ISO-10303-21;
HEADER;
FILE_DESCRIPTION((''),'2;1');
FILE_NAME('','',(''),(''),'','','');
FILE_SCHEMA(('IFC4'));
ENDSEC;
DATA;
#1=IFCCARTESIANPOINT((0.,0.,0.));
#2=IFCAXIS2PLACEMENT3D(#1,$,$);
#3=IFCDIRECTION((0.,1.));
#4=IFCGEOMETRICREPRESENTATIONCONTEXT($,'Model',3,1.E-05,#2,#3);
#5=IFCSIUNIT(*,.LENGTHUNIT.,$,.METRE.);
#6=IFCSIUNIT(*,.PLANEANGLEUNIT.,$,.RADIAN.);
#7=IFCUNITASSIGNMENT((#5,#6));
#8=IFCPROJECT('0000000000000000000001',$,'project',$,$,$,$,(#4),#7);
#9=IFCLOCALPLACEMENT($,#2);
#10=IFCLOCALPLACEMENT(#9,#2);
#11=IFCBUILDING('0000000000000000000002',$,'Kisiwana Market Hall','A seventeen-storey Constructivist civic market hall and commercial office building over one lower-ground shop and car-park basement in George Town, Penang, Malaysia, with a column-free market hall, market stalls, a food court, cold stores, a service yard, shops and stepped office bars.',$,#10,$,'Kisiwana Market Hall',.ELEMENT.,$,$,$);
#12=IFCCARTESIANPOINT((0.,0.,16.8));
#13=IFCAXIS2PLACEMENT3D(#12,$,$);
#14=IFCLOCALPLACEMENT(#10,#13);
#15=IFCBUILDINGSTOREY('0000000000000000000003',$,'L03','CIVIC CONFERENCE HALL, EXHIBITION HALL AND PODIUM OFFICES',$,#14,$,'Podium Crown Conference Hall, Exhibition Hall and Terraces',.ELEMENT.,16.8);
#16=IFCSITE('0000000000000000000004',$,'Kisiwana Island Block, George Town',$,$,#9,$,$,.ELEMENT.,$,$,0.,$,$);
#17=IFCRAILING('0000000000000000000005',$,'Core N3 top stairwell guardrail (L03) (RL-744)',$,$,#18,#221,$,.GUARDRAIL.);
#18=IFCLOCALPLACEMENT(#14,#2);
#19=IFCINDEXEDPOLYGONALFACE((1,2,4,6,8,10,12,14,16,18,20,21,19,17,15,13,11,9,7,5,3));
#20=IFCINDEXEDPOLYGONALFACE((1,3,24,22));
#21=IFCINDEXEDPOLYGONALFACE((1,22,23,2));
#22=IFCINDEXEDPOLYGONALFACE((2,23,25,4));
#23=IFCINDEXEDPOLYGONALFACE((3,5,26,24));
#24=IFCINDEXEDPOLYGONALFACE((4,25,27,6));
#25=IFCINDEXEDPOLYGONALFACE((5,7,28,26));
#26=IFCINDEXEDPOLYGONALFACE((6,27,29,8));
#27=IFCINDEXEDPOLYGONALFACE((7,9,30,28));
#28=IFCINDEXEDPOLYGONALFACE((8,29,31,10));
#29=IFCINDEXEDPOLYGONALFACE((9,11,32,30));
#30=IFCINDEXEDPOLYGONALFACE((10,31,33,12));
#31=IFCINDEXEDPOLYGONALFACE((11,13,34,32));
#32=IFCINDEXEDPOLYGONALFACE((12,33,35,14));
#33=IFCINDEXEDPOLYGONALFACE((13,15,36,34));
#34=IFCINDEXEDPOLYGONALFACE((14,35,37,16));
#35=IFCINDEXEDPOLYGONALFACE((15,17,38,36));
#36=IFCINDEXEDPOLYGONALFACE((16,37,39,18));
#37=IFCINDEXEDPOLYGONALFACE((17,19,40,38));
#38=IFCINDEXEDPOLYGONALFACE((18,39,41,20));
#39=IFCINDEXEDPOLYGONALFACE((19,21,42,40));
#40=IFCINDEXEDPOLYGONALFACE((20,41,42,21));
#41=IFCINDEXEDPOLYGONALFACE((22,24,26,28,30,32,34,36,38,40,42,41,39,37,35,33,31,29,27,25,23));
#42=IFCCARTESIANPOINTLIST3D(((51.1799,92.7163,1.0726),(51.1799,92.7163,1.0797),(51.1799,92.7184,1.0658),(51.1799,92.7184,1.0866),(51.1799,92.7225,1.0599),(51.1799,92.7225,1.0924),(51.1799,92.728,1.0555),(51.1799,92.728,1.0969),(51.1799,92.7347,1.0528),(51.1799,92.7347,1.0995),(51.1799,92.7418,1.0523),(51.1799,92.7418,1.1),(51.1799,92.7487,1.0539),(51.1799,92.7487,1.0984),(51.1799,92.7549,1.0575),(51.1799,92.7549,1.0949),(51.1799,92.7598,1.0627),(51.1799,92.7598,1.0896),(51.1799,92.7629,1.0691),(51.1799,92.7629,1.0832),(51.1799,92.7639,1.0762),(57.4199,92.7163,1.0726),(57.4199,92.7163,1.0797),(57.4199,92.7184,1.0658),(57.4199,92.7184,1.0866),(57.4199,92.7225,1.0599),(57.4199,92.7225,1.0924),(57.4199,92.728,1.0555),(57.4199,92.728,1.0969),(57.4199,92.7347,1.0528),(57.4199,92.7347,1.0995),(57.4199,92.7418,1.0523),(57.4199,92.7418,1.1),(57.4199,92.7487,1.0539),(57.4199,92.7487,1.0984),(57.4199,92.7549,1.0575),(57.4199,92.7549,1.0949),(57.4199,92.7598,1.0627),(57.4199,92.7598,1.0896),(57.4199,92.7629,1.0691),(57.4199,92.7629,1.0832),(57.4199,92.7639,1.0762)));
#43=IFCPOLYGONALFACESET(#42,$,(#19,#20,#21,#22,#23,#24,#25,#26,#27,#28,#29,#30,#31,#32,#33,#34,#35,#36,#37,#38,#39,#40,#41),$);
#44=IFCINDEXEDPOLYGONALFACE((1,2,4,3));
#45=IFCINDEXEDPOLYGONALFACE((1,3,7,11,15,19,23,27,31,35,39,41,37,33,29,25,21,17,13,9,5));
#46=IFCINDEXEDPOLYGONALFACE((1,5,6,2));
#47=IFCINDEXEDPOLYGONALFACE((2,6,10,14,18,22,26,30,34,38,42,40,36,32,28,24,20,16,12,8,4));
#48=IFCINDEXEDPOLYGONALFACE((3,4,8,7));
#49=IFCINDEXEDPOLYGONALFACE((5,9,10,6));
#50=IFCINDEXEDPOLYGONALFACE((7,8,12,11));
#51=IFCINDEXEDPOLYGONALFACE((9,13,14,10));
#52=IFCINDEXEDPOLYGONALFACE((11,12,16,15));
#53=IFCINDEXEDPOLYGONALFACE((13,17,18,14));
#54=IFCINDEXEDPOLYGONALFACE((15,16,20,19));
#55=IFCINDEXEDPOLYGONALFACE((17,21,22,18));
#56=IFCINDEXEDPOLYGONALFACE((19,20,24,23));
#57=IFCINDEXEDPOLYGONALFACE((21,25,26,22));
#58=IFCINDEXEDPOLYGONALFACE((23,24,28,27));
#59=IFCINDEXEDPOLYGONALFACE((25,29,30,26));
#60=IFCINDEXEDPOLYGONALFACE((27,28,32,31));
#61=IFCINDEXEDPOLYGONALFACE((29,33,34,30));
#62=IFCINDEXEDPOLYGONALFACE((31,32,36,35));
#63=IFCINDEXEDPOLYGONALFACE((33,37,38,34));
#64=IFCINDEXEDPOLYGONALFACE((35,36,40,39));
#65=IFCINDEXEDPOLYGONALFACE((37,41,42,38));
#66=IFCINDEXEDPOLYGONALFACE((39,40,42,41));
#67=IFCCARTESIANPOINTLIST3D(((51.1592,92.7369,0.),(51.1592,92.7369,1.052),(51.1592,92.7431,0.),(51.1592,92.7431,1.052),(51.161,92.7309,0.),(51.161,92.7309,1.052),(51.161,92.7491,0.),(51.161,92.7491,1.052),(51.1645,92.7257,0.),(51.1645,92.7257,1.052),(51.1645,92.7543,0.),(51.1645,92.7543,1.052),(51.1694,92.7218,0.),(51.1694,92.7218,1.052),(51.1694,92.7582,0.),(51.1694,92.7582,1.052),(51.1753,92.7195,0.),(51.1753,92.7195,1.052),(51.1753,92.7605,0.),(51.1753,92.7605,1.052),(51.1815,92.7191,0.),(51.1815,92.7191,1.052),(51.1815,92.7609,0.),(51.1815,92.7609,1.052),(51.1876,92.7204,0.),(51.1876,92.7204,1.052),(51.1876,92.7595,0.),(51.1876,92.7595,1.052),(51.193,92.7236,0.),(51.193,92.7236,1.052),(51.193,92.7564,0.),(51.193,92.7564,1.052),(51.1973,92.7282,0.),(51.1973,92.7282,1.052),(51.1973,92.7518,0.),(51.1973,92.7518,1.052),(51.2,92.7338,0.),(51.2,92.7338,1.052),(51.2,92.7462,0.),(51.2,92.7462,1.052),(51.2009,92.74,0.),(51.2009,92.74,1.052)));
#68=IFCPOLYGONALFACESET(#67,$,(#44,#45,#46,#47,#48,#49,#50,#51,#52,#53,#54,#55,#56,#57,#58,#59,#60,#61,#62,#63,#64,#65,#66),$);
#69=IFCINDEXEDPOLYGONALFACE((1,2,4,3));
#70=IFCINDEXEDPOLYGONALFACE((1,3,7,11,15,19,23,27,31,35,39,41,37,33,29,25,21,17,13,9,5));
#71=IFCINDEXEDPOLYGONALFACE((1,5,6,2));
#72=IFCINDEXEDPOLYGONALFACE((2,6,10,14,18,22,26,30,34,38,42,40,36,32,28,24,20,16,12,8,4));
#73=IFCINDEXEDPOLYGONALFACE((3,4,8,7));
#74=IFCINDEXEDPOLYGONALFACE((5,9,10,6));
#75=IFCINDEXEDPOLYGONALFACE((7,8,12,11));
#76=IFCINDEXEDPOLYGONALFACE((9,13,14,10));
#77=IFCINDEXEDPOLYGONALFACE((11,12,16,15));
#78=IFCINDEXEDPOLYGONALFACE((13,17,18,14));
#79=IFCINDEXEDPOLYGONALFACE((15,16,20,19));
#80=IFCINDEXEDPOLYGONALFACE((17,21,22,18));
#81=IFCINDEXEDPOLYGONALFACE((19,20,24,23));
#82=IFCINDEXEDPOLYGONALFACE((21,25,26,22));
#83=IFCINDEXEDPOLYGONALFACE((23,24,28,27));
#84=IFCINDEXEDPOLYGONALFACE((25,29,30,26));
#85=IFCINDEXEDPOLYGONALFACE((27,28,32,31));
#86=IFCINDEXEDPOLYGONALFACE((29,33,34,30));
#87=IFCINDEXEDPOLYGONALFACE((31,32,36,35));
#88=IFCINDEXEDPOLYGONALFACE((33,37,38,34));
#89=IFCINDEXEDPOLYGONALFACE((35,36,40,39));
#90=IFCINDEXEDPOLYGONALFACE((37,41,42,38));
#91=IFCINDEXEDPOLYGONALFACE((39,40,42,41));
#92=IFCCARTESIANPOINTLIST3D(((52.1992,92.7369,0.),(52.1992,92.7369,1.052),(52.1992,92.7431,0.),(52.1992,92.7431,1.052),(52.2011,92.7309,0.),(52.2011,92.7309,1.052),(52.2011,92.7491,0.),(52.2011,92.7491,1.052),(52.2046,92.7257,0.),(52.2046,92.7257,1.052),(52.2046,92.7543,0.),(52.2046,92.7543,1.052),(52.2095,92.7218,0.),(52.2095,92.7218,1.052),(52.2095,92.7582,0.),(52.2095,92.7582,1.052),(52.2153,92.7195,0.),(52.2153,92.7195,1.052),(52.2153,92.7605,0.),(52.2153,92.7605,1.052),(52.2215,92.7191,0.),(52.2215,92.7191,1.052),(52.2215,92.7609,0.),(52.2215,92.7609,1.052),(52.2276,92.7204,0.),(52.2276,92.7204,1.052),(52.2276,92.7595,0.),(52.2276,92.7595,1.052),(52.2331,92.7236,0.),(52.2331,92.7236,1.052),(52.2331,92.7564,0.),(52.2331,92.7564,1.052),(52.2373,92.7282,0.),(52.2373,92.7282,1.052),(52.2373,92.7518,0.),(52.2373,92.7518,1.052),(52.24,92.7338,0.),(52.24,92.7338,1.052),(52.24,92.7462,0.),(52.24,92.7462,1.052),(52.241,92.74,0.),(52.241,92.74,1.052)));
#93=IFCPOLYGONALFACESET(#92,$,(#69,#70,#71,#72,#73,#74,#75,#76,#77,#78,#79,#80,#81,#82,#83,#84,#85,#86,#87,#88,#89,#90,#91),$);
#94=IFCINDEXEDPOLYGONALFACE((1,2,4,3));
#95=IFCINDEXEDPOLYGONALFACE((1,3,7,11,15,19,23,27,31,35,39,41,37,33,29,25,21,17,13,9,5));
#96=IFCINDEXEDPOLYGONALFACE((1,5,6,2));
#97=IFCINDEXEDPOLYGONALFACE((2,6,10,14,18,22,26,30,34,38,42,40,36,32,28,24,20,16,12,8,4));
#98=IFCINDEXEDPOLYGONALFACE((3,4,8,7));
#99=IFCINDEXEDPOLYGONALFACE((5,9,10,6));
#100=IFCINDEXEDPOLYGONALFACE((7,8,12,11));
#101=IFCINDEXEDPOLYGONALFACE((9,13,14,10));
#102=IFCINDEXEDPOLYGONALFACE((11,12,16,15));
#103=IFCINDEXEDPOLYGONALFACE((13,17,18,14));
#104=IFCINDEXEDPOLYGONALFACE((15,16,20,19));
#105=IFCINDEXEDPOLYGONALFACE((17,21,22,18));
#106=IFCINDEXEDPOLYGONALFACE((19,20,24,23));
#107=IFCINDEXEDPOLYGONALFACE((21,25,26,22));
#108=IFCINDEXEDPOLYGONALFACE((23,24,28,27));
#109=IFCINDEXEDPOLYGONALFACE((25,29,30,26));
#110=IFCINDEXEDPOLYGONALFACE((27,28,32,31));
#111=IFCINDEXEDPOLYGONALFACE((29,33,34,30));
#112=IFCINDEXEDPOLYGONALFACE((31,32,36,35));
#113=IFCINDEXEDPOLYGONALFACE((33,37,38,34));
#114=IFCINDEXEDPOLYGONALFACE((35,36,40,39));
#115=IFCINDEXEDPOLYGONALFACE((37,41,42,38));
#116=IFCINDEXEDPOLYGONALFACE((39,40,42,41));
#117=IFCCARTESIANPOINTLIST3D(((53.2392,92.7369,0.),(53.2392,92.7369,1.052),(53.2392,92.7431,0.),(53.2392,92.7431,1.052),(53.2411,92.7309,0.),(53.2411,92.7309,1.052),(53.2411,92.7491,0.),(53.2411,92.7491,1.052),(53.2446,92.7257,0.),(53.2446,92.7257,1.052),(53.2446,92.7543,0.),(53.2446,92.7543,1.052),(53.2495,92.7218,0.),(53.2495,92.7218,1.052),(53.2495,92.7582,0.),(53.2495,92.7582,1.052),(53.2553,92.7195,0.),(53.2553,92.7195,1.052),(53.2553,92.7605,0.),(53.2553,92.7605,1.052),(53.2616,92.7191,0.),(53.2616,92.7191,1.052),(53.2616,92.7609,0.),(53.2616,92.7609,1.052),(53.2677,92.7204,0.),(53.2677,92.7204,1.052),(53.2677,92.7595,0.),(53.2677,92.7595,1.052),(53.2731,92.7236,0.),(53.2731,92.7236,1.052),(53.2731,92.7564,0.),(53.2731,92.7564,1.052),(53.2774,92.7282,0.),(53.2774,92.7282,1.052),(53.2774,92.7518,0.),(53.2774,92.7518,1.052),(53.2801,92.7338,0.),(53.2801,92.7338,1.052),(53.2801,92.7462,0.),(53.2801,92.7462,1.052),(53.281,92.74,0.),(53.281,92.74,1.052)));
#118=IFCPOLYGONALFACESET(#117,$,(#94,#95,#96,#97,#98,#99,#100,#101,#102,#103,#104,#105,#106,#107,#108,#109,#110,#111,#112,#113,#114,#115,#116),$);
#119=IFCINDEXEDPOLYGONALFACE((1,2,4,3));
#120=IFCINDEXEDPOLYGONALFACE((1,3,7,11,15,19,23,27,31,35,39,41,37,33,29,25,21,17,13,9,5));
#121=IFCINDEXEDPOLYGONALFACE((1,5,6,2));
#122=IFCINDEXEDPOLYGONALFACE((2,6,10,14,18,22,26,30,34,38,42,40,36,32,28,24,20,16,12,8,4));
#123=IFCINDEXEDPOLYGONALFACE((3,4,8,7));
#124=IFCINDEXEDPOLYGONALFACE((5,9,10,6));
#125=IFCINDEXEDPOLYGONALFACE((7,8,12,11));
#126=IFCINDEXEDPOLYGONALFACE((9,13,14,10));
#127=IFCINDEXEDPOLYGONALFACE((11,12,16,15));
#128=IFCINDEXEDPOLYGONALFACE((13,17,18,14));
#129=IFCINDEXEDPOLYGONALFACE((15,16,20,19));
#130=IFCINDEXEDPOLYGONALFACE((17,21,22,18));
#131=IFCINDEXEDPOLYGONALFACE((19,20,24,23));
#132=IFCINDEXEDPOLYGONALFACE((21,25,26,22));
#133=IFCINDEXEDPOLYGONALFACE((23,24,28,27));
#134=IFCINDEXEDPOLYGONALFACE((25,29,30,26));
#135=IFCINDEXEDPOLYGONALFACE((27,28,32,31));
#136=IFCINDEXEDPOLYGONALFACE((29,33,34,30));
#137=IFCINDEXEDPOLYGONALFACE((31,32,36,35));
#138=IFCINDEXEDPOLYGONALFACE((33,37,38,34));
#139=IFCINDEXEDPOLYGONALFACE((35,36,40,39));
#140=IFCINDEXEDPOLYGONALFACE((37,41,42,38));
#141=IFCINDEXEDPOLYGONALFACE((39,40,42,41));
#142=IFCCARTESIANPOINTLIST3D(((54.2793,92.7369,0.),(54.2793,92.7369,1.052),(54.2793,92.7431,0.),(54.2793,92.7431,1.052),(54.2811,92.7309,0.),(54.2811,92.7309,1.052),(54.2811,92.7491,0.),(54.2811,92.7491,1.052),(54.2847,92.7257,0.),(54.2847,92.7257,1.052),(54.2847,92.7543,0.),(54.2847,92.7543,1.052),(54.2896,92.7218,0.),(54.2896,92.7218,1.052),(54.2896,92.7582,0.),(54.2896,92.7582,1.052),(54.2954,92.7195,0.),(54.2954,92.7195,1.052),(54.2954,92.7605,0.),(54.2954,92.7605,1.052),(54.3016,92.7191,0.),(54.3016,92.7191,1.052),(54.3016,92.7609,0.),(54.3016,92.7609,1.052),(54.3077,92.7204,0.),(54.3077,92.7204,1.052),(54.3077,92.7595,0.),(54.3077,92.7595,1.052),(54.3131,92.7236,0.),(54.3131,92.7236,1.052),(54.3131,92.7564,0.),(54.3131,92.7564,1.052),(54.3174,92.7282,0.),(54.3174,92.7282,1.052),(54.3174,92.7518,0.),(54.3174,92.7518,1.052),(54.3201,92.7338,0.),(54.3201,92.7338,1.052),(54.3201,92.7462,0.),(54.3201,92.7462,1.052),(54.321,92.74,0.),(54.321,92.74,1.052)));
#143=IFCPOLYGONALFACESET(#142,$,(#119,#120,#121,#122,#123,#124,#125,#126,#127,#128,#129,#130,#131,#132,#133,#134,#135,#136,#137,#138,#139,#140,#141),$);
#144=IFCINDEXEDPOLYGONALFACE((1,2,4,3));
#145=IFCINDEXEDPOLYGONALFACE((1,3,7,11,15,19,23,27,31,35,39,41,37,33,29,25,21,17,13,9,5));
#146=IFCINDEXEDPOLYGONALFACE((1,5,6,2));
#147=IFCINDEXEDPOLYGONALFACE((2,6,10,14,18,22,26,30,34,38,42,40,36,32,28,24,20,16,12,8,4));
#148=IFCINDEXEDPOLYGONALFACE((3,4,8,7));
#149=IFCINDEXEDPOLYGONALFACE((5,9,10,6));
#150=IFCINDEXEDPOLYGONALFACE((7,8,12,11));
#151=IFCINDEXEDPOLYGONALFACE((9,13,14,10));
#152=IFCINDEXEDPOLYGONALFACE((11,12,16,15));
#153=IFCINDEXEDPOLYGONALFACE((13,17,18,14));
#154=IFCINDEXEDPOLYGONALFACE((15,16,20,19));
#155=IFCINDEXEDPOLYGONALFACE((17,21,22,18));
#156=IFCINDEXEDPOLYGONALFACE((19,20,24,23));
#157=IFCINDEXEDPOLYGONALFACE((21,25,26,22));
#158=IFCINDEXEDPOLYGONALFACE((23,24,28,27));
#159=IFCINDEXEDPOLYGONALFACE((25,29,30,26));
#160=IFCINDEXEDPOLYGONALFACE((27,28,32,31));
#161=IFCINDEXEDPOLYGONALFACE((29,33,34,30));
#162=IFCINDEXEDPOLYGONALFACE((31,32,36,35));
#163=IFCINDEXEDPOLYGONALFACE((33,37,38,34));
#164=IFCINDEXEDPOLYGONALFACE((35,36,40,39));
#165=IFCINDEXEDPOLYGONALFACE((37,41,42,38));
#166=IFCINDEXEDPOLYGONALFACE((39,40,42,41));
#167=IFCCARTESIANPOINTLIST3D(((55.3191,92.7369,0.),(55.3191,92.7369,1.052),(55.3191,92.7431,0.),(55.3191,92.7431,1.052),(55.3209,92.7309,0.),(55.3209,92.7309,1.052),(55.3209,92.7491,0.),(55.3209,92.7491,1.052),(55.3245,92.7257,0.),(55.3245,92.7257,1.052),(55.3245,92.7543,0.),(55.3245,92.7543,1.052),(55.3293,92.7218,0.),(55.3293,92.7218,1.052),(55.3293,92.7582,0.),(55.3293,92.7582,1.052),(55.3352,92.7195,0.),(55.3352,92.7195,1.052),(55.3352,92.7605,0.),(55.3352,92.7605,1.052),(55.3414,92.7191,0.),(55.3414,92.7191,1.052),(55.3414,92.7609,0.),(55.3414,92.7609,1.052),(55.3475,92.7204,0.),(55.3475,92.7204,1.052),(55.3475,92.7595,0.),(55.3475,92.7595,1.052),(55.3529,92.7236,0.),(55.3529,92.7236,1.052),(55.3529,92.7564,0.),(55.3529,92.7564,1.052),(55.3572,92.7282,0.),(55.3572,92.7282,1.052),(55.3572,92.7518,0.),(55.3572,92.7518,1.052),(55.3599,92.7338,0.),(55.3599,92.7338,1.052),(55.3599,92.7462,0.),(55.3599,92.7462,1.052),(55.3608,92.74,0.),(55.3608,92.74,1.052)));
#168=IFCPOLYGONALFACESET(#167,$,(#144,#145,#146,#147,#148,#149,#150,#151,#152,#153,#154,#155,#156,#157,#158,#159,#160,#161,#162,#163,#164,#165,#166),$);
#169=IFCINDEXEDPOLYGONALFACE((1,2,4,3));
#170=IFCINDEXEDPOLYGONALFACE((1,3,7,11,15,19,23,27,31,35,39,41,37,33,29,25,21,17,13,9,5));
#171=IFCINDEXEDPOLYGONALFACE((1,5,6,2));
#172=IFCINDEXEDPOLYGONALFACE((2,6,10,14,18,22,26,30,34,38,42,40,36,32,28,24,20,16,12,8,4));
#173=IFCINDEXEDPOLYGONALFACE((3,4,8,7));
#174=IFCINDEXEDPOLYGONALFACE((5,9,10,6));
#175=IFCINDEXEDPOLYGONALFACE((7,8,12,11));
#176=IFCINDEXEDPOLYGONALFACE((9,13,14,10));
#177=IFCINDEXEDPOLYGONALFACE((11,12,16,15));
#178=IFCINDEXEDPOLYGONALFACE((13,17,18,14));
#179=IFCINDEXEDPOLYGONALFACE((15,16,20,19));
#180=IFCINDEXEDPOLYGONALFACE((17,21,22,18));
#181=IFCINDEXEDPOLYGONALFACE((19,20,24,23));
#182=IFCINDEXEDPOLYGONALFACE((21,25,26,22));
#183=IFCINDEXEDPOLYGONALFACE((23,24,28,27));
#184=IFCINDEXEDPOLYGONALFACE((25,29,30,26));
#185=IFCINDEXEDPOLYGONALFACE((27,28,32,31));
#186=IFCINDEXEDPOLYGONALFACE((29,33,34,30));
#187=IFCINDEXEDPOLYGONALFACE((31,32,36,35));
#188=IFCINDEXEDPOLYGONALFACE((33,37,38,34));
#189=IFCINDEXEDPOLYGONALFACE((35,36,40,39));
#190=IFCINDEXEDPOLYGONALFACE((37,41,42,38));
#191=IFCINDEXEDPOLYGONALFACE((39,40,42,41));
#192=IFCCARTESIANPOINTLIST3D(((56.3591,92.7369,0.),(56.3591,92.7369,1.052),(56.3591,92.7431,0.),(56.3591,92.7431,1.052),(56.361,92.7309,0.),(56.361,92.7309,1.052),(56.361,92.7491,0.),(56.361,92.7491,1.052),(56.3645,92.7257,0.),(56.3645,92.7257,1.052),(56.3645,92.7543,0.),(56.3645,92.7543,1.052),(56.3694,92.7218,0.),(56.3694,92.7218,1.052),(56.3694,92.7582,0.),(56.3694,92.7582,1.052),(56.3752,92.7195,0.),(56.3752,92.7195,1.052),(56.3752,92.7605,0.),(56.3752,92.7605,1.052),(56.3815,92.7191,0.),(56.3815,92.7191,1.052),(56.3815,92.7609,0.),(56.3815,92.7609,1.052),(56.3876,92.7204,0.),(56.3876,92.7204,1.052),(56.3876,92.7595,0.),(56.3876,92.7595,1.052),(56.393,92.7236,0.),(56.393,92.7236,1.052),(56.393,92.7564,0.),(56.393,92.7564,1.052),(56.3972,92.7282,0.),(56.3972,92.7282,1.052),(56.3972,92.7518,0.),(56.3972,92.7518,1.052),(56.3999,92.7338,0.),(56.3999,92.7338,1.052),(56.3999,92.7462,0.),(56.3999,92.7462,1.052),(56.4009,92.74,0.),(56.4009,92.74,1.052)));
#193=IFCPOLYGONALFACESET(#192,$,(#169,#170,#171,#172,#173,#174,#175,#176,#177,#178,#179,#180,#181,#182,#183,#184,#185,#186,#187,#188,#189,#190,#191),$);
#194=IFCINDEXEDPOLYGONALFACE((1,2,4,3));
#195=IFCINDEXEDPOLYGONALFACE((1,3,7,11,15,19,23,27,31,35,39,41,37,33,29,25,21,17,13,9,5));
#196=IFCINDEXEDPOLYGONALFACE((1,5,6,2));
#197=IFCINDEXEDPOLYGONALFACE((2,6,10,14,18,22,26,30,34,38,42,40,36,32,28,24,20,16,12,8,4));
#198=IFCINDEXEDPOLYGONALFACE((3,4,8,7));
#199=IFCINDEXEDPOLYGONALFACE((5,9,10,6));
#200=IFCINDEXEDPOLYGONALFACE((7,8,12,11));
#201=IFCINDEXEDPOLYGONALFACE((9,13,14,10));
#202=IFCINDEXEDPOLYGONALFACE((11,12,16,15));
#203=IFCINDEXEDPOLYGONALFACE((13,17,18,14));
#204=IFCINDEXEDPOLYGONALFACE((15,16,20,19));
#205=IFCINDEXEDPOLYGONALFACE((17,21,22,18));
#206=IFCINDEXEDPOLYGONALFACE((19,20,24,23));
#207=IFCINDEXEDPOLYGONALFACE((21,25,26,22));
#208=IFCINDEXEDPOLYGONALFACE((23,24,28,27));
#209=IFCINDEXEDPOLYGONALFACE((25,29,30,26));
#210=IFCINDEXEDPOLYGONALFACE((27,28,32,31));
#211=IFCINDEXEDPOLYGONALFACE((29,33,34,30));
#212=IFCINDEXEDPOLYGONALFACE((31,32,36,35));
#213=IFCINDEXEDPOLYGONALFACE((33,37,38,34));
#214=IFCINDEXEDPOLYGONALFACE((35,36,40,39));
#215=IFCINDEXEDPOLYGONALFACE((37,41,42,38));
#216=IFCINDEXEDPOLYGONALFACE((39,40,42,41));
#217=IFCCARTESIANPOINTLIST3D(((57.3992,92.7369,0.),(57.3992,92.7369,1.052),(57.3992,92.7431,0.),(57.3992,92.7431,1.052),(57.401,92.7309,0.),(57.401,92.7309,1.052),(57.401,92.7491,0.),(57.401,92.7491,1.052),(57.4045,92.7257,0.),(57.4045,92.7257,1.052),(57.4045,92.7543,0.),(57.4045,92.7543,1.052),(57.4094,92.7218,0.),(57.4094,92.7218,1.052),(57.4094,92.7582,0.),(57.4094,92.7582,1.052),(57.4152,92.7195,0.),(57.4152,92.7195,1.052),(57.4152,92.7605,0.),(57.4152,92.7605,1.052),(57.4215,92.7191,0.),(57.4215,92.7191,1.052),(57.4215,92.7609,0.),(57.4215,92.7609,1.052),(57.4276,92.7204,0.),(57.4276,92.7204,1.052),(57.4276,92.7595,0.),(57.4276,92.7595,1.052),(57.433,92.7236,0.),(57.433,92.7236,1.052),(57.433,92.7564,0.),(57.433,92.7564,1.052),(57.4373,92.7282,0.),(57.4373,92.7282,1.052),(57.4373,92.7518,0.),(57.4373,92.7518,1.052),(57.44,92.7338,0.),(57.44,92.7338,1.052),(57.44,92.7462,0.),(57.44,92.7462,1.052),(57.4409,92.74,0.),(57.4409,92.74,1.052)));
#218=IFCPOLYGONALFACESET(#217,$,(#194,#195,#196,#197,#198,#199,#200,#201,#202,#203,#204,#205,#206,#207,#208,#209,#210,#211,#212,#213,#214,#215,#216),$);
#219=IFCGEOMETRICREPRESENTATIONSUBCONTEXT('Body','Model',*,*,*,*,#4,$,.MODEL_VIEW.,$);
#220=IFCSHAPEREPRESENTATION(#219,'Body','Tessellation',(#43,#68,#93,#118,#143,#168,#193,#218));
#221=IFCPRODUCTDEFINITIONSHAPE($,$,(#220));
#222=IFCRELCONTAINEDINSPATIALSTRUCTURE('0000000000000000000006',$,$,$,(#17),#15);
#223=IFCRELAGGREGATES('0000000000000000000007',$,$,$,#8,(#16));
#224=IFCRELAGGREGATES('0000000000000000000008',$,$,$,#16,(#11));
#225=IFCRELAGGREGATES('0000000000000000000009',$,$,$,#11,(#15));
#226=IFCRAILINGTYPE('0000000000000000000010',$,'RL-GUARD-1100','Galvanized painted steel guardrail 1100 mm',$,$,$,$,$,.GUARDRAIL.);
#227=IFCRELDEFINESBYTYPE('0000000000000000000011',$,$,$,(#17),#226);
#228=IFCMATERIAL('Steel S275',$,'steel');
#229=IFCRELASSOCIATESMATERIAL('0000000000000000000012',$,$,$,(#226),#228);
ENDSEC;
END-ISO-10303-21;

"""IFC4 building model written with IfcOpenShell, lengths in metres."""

from ifc_helpers import new_model, si_unit, direction, frame, origin, origin_2d, place, context, subcontext, project, spatial, circle, extrude, material, type_object, element, save


model = new_model("IFC4")

# Units and contexts
model_context = context("Model", 3, precision=1e-05, world=origin(), true_north=direction((0.0, 1.0)))
body_context = subcontext(model_context, "Body", "Model", "MODEL_VIEW")
ifc_project = project(units=[si_unit("LENGTHUNIT", "METRE"), si_unit("PLANEANGLEUNIT", "RADIAN")], contexts=[model_context])

# Site, building, storey
site_placement = place(None, origin())
site = spatial("IfcSite", under=ifc_project, at=site_placement, Name="Kisiwana Island Block, George Town", CompositionType="ELEMENT", RefElevation=0.0)
building_placement = place(site_placement, origin())
building = spatial("IfcBuilding", under=site, at=building_placement, Name="Kisiwana Market Hall", Description="A seventeen-storey Constructivist civic market hall and commercial office building over one lower-ground shop and car-park basement in George Town, Penang, Malaysia, with a column-free market hall, market stalls, a food court, cold stores, a service yard, shops and stepped office bars.", LongName="Kisiwana Market Hall", CompositionType="ELEMENT")
storey_placement = place(building_placement, frame((0.0, 0.0, 16.8)))
storey = spatial("IfcBuildingStorey", under=building, at=storey_placement, Name="L03", Description="CIVIC CONFERENCE HALL, EXHIBITION HALL AND PODIUM OFFICES", LongName="Podium Crown Conference Hall, Exhibition Hall and Terraces", CompositionType="ELEMENT", Elevation=16.8)

# Railing
ifc_material_1 = material(Name="Steel S275", Category="steel")
railing_type = type_object("IfcRailingType", Name="RL-GUARD-1100", Description="Galvanized painted steel guardrail 1100 mm", PredefinedType="GUARDRAIL", material=ifc_material_1)
railing_placement = place(storey_placement, frame((51.1799, 92.74, 0.0)))
element("IfcRailing", 1, at=railing_placement, inside=storey, type_object=railing_type, Name="Core N3 top stairwell guardrail (L03) (RL-744)", PredefinedType="GUARDRAIL", context=body_context, shape_type="SweptSolid", body=[
    extrude(circle(Radius=0.0239, at=origin_2d()), frame((0.0, 0.0, 1.0762), z_axis=(1.0, 0.0, 0.0), x_axis=(0.0, 1.0, 0.0)), (0.0, 0.0, 1.0), 6.24),
    extrude(circle(Radius=0.021, at=origin_2d()), origin(), (0.0, 0.0, 1.0), 1.052),
    extrude(circle(Radius=0.021, at=origin_2d()), frame((1.04, 0.0, 0.0)), (0.0, 0.0, 1.0), 1.052),
    extrude(circle(Radius=0.021, at=origin_2d()), frame((2.0801, 0.0, 0.0)), (0.0, 0.0, 1.0), 1.052),
    extrude(circle(Radius=0.021, at=origin_2d()), frame((3.1201, 0.0, 0.0)), (0.0, 0.0, 1.0), 1.052),
    extrude(circle(Radius=0.021, at=origin_2d()), frame((4.1599, 0.0, 0.0)), (0.0, 0.0, 1.0), 1.052),
    extrude(circle(Radius=0.021, at=origin_2d()), frame((5.2, 0.0, 0.0)), (0.0, 0.0, 1.0), 1.052),
    extrude(circle(Radius=0.021, at=origin_2d()), frame((6.24, 0.0, 0.0)), (0.0, 0.0, 1.0), 1.052),
])

save(model, "model.ifc")
